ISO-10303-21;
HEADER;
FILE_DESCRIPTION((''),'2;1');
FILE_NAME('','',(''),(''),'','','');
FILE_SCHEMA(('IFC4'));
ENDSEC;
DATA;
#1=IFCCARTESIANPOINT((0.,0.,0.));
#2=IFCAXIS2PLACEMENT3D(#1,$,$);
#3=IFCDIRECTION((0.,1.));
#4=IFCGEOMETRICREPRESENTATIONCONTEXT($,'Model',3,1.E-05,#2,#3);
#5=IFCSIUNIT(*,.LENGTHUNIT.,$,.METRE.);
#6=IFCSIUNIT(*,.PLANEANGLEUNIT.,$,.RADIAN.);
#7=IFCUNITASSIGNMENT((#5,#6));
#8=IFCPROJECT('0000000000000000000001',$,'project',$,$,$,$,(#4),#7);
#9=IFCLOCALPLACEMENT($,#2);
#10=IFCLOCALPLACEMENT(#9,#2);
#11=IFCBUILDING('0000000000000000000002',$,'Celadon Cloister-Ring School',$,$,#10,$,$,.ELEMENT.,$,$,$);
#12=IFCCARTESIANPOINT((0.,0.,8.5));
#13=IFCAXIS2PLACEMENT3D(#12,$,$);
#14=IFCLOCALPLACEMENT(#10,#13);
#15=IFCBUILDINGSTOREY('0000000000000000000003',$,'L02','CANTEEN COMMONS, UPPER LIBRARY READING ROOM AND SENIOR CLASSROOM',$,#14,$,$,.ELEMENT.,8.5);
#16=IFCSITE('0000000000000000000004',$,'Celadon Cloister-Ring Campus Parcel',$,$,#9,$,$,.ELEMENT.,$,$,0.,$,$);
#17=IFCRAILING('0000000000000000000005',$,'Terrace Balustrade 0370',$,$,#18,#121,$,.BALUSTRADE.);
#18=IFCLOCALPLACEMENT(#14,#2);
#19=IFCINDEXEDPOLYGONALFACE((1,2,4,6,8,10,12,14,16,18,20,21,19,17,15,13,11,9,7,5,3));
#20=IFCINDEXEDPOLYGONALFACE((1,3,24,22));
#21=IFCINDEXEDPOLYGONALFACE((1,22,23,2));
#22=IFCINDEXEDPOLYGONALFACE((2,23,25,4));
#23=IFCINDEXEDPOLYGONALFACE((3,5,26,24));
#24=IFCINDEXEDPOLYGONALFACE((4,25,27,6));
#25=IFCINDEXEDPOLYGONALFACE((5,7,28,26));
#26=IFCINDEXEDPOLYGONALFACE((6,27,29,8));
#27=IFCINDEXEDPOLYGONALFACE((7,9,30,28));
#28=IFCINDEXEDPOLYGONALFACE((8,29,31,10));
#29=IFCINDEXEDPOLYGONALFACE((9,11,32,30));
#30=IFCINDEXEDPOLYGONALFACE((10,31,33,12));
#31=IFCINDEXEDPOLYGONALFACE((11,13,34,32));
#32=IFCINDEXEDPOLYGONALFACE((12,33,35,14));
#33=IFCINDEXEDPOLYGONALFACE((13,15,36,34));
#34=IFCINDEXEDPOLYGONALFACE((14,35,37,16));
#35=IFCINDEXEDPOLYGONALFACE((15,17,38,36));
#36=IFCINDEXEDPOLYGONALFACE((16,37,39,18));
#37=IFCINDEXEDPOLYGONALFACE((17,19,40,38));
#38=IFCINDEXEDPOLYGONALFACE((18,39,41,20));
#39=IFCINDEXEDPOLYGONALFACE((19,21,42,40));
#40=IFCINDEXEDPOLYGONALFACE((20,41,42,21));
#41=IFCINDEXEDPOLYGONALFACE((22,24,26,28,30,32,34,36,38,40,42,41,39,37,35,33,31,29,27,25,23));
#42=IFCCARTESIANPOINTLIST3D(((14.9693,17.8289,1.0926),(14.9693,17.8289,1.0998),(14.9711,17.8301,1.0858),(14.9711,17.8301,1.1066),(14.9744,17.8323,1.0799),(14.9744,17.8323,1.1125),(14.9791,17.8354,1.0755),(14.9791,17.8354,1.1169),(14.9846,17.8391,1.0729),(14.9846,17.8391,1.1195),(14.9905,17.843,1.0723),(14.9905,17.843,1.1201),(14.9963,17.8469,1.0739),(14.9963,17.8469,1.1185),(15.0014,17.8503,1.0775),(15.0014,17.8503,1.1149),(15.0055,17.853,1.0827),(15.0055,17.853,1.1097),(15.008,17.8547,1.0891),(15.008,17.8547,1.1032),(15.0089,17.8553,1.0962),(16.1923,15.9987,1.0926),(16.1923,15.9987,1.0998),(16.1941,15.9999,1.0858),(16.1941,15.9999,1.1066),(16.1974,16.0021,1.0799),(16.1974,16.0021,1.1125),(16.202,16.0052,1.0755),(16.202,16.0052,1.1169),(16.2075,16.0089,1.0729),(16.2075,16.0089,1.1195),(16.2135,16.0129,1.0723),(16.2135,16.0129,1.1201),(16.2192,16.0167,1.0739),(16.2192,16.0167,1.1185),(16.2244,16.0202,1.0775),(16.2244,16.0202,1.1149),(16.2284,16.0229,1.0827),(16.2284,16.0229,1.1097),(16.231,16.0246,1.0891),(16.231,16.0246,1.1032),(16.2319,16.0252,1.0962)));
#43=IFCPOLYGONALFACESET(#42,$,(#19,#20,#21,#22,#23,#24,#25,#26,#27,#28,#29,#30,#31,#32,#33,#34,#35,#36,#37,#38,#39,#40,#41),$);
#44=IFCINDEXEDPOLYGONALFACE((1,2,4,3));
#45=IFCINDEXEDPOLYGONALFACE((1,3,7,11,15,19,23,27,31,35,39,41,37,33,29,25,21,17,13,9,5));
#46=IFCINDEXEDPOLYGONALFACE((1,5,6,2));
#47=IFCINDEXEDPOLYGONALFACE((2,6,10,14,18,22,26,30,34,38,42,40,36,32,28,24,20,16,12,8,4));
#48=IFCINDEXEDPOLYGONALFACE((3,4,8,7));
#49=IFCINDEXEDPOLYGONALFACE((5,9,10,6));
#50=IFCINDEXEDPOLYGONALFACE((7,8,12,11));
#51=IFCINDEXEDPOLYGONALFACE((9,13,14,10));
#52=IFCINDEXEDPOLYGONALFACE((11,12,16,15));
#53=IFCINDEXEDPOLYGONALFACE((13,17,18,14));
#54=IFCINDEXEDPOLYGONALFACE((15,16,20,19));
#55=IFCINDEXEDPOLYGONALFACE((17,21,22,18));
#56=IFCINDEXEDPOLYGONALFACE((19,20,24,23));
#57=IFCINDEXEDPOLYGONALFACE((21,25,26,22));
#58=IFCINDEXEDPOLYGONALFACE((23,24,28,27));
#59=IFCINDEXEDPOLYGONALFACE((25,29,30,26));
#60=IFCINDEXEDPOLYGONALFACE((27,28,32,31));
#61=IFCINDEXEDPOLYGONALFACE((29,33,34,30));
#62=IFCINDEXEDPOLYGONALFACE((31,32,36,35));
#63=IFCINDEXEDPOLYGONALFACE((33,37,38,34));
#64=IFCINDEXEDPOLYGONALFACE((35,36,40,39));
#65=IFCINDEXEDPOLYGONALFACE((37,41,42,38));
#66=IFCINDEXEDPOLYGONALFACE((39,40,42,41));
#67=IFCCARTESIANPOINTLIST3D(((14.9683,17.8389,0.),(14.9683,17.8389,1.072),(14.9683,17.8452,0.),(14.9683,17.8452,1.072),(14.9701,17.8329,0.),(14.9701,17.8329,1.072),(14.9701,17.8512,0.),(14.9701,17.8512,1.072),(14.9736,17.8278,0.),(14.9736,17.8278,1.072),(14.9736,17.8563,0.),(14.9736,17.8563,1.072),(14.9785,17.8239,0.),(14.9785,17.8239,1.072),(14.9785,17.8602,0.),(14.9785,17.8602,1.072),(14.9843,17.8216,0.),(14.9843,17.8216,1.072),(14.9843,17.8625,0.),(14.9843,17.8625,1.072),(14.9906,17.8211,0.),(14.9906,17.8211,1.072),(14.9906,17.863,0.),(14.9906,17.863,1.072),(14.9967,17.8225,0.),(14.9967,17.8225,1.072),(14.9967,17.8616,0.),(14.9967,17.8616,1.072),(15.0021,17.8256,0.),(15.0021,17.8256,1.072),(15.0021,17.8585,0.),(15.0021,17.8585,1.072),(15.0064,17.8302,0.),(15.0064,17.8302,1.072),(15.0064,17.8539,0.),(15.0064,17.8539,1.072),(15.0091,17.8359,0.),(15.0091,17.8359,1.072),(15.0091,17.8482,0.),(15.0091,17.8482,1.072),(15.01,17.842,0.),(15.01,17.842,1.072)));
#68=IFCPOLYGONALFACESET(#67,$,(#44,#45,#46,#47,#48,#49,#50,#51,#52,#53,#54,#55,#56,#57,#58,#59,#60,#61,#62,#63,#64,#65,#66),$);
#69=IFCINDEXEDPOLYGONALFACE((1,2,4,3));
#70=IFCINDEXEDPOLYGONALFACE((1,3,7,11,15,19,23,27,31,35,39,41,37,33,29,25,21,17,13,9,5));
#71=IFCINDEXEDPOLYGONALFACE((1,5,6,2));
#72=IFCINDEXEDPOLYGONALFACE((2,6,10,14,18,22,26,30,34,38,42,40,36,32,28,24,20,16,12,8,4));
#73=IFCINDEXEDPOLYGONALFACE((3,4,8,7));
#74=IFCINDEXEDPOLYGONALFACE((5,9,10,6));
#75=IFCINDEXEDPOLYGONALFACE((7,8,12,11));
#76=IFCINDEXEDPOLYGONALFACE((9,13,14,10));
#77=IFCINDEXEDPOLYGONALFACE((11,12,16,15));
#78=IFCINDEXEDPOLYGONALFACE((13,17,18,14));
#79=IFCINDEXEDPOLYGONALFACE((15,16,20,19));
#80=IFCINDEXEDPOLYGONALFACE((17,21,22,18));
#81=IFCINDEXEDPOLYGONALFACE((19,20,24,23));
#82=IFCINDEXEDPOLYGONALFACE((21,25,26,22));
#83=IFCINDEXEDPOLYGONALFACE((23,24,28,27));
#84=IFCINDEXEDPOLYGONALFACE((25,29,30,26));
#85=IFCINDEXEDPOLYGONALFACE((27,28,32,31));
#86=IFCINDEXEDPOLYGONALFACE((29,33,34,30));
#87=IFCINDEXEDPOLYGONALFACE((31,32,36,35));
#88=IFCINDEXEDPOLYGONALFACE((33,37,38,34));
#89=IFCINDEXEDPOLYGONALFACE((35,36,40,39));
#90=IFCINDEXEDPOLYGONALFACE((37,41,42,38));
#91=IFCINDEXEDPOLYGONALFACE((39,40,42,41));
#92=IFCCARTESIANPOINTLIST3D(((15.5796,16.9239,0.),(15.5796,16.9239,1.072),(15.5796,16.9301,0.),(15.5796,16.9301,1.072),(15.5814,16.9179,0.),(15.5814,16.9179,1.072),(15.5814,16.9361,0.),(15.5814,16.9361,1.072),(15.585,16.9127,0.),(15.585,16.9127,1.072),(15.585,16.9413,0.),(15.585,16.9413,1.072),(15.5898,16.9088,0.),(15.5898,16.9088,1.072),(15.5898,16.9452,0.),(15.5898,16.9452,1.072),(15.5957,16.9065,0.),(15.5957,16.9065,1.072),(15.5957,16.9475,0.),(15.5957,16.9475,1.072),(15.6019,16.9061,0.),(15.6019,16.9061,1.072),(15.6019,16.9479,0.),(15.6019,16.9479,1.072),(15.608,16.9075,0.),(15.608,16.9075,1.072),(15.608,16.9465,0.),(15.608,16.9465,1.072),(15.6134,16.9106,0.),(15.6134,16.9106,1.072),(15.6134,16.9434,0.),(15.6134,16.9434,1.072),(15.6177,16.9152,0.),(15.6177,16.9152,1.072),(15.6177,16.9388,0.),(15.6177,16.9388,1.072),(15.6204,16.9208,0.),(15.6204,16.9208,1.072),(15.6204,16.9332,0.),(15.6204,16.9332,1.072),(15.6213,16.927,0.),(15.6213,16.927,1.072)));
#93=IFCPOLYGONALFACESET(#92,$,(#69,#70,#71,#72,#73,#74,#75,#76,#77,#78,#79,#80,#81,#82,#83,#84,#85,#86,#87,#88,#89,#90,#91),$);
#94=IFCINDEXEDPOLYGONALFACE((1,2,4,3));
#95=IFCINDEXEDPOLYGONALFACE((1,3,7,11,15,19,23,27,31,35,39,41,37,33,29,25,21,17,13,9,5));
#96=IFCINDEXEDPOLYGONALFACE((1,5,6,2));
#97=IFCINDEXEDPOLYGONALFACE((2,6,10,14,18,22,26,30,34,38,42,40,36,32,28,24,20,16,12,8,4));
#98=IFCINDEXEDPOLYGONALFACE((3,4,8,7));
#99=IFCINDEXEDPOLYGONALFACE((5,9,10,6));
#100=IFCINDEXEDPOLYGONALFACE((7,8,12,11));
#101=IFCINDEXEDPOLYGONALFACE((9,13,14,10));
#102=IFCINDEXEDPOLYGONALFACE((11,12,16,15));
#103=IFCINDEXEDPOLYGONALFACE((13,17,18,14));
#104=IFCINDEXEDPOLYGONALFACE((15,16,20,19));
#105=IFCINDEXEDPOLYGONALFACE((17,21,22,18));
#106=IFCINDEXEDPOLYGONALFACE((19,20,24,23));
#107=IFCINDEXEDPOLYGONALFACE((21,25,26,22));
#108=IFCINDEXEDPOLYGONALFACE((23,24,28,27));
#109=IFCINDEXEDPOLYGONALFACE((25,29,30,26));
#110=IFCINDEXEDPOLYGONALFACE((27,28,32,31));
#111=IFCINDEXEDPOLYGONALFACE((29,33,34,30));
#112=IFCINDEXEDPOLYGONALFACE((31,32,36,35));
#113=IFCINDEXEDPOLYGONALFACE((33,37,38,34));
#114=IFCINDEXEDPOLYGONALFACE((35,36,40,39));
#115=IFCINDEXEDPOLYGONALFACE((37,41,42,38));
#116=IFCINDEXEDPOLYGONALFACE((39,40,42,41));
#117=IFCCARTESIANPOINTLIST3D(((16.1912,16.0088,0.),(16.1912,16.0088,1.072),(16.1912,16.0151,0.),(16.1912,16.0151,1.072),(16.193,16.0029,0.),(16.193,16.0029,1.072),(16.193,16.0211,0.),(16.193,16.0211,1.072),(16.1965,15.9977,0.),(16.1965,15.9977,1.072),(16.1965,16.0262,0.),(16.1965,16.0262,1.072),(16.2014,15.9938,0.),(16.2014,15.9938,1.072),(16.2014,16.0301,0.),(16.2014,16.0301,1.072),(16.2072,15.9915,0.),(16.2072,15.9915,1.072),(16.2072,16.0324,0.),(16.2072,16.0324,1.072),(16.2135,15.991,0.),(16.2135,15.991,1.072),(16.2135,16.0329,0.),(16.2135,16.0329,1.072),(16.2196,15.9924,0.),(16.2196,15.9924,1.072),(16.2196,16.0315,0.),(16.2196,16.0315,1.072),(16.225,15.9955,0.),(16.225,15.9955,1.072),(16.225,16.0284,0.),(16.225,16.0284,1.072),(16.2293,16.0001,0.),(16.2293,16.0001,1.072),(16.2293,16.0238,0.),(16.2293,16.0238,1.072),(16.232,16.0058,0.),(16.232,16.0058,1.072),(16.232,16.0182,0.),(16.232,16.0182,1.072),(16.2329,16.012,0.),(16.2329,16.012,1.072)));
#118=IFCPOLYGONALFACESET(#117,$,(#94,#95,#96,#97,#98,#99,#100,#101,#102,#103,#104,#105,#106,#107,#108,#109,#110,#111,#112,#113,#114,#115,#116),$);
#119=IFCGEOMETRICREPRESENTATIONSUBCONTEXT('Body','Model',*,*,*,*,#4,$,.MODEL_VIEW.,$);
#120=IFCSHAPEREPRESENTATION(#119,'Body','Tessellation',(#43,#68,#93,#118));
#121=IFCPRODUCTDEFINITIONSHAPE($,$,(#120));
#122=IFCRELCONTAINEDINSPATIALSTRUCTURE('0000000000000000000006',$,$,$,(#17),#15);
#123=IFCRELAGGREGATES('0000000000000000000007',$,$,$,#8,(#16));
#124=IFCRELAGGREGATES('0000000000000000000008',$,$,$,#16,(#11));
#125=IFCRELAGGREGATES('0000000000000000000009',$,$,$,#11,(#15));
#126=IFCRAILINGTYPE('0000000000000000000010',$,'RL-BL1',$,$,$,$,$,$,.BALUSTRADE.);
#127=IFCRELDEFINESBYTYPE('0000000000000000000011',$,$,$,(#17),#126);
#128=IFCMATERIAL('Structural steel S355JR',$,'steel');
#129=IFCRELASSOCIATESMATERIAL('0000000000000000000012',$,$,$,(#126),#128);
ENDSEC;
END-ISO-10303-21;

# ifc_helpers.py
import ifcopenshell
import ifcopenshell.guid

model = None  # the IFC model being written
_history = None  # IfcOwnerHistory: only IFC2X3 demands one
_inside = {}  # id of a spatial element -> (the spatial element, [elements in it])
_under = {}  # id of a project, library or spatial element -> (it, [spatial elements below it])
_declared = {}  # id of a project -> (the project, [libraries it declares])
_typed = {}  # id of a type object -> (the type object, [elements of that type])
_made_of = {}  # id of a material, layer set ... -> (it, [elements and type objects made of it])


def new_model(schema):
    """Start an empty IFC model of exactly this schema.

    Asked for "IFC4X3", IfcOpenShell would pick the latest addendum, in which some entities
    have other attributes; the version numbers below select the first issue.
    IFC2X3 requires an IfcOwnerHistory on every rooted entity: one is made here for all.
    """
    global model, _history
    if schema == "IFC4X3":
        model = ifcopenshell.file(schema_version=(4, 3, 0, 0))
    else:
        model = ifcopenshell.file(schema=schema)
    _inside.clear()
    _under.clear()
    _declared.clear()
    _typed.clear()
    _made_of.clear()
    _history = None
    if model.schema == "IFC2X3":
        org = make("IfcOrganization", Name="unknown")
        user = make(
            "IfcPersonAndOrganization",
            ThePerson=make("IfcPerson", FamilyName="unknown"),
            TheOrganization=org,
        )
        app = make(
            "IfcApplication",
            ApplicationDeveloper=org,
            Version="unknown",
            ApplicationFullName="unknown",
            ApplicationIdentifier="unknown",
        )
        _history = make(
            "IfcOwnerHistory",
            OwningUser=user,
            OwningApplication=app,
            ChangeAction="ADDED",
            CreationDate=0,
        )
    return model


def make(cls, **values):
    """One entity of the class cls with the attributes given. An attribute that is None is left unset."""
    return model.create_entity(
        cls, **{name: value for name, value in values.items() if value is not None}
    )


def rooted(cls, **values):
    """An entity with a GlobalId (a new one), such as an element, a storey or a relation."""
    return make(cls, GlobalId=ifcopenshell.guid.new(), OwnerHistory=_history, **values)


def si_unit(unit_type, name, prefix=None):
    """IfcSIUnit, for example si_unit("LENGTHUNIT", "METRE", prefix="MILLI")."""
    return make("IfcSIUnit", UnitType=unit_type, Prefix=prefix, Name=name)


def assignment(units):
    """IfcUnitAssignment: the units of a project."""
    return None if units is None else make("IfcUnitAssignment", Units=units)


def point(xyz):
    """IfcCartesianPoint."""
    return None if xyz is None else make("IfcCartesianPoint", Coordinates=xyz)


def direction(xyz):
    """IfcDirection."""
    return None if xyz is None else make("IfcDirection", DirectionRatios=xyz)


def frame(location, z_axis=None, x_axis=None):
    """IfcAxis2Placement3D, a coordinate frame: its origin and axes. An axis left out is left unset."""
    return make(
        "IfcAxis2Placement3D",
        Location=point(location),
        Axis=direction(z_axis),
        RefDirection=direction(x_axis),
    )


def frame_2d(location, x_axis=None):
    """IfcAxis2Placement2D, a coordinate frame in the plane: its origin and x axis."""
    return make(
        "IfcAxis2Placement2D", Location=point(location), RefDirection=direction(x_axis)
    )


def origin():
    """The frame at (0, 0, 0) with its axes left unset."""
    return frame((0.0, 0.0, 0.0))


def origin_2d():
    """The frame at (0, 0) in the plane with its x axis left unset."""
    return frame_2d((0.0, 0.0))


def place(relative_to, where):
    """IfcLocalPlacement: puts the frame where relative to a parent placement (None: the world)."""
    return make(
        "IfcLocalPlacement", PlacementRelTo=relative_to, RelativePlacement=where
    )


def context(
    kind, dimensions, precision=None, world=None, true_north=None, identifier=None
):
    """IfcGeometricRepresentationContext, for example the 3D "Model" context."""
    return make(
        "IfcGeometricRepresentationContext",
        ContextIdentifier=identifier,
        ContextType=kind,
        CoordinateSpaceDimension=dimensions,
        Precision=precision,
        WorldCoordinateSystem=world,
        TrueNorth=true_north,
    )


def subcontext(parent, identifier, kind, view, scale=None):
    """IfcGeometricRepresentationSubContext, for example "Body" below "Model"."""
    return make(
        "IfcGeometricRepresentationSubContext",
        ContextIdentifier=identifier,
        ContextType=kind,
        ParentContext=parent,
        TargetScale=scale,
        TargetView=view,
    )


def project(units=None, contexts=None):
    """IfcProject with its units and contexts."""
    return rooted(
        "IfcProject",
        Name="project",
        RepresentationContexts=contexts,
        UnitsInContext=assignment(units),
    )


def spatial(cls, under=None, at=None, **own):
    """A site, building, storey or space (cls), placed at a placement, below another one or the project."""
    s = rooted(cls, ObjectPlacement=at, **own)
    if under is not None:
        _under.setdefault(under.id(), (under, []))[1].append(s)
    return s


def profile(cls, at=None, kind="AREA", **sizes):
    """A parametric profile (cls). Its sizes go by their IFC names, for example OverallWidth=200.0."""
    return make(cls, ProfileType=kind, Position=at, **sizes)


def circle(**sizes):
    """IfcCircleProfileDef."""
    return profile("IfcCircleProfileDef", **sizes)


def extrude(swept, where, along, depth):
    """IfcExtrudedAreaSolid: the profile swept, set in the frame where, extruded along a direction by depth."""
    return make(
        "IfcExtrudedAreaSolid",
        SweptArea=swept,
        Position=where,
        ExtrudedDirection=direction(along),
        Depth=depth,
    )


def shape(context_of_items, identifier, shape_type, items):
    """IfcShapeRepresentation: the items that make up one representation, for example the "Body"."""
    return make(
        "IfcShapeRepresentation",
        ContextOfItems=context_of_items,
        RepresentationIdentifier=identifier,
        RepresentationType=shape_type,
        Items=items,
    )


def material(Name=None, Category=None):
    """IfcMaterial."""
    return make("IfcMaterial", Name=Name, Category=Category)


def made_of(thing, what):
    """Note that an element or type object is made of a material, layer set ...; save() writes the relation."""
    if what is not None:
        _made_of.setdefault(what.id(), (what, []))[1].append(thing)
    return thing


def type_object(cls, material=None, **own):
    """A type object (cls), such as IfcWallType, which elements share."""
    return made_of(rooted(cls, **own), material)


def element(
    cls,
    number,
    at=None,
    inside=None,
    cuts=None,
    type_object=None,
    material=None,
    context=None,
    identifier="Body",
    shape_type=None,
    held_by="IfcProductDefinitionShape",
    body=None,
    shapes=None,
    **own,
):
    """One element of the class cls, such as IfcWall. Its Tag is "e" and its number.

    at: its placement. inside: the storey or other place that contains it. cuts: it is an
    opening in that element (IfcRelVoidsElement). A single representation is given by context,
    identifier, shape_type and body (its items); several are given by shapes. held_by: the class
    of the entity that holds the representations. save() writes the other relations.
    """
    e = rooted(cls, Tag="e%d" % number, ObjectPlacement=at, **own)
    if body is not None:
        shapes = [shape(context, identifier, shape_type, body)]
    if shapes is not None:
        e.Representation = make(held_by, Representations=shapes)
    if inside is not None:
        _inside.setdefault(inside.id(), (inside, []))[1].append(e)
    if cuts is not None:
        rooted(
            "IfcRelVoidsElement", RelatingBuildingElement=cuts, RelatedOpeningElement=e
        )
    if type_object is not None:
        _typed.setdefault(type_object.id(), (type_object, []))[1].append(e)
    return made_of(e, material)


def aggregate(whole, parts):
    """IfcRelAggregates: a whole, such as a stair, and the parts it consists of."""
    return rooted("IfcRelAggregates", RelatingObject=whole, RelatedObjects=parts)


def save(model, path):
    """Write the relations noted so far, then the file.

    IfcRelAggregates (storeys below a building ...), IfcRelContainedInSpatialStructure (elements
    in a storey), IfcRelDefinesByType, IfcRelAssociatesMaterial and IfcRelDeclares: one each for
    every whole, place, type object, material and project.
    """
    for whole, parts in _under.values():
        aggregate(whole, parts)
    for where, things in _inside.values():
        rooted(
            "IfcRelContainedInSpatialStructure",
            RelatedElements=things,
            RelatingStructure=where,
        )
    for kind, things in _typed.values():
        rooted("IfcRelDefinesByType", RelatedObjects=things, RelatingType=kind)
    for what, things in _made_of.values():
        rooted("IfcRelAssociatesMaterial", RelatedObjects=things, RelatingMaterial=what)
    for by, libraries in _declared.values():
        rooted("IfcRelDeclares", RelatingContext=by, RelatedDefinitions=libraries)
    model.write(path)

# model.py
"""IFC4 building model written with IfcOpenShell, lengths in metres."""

from ifc_helpers import new_model, si_unit, direction, frame, origin, origin_2d, place, context, subcontext, project, spatial, circle, extrude, material, type_object, element, save


model = new_model("IFC4")

# Units and contexts
model_context = context("Model", 3, precision=1e-05, world=origin(), true_north=direction((0.0, 1.0)))
body_context = subcontext(model_context, "Body", "Model", "MODEL_VIEW")
ifc_project = project(units=[si_unit("LENGTHUNIT", "METRE"), si_unit("PLANEANGLEUNIT", "RADIAN")], contexts=[model_context])

# Site, building, storey
site_placement = place(None, origin())
site = spatial("IfcSite", under=ifc_project, at=site_placement, Name="Celadon Cloister-Ring Campus Parcel", CompositionType="ELEMENT", RefElevation=0.0)
building_placement = place(site_placement, origin())
building = spatial("IfcBuilding", under=site, at=building_placement, Name="Celadon Cloister-Ring School", CompositionType="ELEMENT")
storey_placement = place(building_placement, frame((0.0, 0.0, 8.5)))
storey = spatial("IfcBuildingStorey", under=building, at=storey_placement, Name="L02", Description="CANTEEN COMMONS, UPPER LIBRARY READING ROOM AND SENIOR CLASSROOM", CompositionType="ELEMENT", Elevation=8.5)

# Railing
ifc_material_1 = material(Name="Structural steel S355JR", Category="steel")
railing_type = type_object("IfcRailingType", Name="RL-BL1", PredefinedType="BALUSTRADE", material=ifc_material_1)
railing_placement = place(storey_placement, frame((14.989, 17.842, 0.0)))
element("IfcRailing", 1, at=railing_placement, inside=storey, type_object=railing_type, Name="Terrace Balustrade 0370", PredefinedType="BALUSTRADE", context=body_context, shape_type="SweptSolid", body=[
    extrude(circle(Radius=0.0239, at=origin_2d()), frame((0.0, 0.0, 1.0962), z_axis=(0.555596, -0.831453, 0.0), x_axis=(0.831453, 0.555596, 0.0)), (0.0, 0.0, 1.0), 2.2012),
    extrude(circle(Radius=0.021, at=origin_2d()), origin(), (0.0, 0.0, 1.0), 1.072),
    extrude(circle(Radius=0.021, at=origin_2d()), frame((0.6113, -0.915, 0.0)), (0.0, 0.0, 1.0), 1.072),
    extrude(circle(Radius=0.021, at=origin_2d()), frame((1.2229, -1.8301, 0.0)), (0.0, 0.0, 1.0), 1.072),
])

save(model, "model.ifc")
